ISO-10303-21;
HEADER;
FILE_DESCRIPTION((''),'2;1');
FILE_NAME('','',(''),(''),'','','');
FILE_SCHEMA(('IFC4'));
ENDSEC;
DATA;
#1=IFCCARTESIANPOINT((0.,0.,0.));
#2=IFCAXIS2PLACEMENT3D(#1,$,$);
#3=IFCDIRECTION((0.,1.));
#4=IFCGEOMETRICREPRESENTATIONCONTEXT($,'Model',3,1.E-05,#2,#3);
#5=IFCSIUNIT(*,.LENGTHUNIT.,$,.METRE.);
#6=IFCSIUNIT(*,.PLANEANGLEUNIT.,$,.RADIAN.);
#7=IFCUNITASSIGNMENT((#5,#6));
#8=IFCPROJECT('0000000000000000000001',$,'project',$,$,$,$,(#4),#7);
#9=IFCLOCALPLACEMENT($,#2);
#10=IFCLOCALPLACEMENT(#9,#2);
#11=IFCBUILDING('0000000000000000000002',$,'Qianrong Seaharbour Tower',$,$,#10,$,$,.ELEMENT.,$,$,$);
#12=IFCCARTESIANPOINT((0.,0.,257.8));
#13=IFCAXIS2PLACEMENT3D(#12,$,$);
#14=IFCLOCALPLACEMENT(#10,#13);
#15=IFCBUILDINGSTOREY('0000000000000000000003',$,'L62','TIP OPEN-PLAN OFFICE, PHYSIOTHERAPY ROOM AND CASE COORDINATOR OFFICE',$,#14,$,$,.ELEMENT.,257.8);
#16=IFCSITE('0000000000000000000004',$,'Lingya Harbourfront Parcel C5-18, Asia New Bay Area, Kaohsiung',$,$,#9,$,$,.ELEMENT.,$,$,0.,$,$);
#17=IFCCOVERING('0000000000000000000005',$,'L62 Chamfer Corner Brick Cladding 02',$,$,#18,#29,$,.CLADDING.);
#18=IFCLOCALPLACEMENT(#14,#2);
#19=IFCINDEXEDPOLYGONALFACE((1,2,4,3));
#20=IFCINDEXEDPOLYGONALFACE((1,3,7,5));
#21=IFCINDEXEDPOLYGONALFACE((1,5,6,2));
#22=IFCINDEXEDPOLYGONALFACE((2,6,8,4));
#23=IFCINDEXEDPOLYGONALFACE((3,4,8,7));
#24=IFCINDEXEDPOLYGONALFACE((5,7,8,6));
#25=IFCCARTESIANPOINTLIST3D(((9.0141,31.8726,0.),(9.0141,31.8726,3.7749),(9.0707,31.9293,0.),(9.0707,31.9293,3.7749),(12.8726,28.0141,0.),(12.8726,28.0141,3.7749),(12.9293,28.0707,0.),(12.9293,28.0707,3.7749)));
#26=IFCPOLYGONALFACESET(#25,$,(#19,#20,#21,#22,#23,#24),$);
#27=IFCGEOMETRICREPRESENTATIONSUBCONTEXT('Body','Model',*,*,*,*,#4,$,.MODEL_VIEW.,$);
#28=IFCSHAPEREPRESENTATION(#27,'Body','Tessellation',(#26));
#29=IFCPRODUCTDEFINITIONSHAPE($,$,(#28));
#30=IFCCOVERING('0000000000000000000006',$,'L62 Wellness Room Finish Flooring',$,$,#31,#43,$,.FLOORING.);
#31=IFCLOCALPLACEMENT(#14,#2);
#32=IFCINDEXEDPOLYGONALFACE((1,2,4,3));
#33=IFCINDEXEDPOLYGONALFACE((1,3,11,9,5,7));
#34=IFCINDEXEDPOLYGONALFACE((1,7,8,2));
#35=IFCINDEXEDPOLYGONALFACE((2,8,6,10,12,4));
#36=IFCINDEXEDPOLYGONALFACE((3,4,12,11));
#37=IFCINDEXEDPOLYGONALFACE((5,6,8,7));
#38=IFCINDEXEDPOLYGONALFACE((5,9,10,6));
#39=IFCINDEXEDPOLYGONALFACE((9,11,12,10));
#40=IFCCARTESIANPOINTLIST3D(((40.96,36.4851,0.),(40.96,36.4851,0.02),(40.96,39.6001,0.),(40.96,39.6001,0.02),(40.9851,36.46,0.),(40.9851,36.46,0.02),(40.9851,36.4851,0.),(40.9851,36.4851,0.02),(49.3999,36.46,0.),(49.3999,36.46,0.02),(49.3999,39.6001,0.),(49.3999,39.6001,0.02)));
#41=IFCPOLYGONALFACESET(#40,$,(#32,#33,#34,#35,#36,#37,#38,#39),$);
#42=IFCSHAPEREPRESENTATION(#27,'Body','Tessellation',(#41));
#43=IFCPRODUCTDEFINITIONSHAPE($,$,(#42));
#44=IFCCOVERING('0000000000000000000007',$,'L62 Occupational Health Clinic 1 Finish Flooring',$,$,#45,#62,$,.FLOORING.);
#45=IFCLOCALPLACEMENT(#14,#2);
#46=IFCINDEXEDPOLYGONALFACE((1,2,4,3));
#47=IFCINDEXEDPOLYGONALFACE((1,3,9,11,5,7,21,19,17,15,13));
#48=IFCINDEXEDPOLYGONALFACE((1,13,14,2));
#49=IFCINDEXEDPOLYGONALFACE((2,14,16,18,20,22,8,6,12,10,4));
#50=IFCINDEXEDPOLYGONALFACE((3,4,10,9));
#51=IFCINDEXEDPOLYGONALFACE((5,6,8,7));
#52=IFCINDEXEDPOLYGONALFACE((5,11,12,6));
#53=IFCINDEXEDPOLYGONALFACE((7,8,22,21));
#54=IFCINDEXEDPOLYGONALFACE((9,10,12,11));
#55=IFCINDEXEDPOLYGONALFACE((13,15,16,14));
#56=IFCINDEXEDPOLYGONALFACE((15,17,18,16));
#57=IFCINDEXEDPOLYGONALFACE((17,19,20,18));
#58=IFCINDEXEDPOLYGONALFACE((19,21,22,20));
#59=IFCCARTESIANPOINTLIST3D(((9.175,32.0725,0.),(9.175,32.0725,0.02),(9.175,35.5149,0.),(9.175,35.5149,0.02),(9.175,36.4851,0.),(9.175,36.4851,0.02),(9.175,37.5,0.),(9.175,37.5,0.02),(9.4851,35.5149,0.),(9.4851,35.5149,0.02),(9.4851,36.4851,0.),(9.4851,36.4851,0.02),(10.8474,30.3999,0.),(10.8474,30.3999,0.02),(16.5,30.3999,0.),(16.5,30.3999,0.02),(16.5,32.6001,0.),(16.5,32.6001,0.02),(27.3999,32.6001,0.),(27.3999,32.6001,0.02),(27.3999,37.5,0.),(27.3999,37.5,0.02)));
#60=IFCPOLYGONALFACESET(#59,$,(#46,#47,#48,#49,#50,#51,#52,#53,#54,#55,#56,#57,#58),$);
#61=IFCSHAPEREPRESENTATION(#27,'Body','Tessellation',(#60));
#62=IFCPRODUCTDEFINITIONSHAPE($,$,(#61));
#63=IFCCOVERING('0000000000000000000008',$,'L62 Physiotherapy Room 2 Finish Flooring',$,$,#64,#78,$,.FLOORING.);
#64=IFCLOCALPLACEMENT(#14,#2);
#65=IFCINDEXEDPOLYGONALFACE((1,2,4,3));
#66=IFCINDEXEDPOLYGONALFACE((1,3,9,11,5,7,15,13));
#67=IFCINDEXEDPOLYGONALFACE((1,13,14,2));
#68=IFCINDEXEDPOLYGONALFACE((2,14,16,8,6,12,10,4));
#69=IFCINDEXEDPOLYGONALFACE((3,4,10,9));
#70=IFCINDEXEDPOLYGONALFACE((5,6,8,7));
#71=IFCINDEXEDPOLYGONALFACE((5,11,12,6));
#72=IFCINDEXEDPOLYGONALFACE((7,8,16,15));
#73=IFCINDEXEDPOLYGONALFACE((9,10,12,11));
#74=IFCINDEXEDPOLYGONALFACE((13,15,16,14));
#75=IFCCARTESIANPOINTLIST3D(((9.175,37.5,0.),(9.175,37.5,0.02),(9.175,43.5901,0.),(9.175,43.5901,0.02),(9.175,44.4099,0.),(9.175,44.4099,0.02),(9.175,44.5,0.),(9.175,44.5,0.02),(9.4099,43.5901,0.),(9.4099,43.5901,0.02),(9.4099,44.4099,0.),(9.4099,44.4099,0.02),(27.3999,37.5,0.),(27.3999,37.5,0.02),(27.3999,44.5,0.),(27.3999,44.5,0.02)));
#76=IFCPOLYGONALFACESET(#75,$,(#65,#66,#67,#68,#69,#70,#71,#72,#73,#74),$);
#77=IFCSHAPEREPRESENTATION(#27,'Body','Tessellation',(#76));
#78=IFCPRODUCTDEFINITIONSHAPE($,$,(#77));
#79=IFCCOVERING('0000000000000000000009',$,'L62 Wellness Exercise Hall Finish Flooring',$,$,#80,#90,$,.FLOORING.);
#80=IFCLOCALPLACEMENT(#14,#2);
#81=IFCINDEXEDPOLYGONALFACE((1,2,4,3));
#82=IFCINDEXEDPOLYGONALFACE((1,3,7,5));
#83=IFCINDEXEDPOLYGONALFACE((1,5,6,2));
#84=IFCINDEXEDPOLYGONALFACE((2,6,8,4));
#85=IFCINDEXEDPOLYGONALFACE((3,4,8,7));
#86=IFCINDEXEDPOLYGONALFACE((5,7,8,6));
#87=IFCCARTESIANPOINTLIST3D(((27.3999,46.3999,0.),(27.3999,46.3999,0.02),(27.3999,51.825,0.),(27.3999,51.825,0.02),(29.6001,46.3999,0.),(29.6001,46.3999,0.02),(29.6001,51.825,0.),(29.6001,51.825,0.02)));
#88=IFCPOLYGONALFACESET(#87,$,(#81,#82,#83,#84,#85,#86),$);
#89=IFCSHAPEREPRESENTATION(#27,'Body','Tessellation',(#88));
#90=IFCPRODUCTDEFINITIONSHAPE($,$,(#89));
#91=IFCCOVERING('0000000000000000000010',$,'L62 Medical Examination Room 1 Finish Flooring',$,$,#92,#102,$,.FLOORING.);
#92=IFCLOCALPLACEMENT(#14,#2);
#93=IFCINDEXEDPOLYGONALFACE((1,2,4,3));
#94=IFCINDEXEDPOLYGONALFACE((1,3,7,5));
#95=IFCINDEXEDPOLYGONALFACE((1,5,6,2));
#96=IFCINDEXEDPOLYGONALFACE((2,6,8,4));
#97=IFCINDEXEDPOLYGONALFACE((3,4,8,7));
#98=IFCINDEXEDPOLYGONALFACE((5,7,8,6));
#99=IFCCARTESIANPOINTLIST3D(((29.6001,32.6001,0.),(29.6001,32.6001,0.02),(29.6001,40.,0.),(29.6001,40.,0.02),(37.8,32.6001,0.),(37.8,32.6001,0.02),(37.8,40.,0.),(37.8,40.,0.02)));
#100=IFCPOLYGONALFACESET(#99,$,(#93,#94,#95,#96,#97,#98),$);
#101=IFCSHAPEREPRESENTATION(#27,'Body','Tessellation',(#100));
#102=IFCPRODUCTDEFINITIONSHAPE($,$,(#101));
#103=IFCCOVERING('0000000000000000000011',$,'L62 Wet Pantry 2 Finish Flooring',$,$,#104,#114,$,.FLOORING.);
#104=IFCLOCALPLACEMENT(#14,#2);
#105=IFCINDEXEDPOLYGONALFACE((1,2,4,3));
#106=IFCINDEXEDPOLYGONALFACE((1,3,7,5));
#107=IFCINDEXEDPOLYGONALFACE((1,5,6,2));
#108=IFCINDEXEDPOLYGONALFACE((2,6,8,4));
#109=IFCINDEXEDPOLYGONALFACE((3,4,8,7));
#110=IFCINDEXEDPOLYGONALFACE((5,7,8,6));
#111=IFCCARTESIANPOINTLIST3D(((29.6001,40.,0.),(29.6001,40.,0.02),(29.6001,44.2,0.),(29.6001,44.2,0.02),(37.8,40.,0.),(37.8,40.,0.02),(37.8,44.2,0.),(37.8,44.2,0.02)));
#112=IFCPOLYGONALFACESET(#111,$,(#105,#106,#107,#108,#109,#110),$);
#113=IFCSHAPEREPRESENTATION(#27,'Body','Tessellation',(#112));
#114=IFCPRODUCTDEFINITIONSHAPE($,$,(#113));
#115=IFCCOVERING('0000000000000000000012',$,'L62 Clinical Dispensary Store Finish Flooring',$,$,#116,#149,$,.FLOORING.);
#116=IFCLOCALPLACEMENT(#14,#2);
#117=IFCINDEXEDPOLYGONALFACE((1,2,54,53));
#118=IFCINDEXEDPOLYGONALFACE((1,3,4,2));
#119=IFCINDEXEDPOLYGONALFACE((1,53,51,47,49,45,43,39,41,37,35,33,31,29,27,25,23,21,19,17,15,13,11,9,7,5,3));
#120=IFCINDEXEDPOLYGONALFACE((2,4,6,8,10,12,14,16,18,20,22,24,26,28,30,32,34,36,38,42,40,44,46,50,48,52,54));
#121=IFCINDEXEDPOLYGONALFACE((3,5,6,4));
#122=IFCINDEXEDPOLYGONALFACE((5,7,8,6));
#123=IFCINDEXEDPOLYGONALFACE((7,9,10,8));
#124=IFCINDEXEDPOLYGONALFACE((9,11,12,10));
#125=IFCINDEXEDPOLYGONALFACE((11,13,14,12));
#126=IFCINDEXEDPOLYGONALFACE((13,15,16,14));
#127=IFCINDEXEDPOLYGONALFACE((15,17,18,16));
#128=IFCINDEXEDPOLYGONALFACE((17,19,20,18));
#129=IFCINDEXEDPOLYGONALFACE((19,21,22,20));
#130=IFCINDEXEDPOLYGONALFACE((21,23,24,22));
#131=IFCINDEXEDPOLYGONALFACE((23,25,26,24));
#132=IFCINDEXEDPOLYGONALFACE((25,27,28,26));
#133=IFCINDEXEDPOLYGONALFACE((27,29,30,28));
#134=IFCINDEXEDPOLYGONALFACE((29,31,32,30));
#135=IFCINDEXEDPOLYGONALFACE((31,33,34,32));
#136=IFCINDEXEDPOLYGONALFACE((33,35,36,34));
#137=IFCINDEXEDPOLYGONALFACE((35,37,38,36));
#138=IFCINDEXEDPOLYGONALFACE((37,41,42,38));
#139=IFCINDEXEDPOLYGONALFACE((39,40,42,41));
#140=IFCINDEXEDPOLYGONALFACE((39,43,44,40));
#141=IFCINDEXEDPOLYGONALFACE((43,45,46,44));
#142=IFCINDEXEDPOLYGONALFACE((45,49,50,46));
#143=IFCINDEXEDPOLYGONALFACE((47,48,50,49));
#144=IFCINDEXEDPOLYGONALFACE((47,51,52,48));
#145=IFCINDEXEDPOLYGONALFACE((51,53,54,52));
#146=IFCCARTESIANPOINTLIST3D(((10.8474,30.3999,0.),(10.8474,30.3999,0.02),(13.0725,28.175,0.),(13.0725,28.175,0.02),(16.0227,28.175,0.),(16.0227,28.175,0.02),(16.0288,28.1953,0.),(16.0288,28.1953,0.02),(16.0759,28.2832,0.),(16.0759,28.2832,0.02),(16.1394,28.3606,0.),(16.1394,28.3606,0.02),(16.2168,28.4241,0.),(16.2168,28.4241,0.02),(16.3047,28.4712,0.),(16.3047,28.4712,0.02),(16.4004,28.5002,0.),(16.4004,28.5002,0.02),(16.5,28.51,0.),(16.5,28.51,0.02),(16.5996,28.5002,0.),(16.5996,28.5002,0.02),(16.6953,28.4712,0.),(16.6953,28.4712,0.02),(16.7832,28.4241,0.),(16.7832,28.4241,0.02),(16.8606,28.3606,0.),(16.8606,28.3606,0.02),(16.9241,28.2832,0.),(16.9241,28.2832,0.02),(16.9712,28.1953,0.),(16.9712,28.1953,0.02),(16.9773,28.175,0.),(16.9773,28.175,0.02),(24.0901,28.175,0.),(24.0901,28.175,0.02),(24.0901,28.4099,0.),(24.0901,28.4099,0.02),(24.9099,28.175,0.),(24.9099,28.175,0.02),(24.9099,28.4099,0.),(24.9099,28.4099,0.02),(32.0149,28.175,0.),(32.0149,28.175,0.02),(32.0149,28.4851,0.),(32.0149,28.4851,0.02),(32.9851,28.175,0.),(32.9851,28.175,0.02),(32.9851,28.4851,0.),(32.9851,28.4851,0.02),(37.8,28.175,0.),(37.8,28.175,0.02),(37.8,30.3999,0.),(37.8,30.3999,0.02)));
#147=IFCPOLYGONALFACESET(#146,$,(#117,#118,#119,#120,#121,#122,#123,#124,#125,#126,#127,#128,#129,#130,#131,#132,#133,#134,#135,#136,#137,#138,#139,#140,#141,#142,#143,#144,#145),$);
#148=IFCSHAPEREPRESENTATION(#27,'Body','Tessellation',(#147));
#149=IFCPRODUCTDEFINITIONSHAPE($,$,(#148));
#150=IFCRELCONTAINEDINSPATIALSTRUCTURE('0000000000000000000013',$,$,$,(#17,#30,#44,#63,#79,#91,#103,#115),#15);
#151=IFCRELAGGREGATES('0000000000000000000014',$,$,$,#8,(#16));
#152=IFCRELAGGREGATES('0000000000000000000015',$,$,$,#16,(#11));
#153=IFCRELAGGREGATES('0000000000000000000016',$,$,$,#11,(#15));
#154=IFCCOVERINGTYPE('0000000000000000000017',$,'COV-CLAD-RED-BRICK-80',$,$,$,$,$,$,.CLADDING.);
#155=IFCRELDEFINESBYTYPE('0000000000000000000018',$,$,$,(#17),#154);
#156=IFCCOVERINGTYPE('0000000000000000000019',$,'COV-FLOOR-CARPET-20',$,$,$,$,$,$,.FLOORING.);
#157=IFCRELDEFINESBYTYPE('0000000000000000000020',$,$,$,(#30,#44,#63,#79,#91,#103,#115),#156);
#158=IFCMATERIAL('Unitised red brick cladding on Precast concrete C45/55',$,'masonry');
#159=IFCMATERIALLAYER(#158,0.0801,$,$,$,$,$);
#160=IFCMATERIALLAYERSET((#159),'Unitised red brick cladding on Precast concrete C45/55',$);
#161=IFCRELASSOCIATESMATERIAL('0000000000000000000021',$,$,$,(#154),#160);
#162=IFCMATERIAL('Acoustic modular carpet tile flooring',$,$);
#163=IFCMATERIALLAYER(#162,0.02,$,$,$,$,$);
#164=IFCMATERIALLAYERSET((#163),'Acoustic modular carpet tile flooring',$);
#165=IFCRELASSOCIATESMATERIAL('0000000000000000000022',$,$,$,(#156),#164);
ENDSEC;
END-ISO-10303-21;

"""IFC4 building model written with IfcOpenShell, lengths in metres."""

from ifc_helpers import new_model, si_unit, direction, frame, origin, origin_2d, place, context, subcontext, project, spatial, polyline, rectangle, outline, extrude, material, layer, layer_set, type_object, element, save


model = new_model("IFC4")

# Units and contexts
model_context = context("Model", 3, precision=1e-05, world=origin(), true_north=direction((0.0, 1.0)))
body_context = subcontext(model_context, "Body", "Model", "MODEL_VIEW")
ifc_project = project(units=[si_unit("LENGTHUNIT", "METRE"), si_unit("PLANEANGLEUNIT", "RADIAN")], contexts=[model_context])

# Site, building, storey
site_placement = place(None, origin())
site = spatial("IfcSite", under=ifc_project, at=site_placement, Name="Lingya Harbourfront Parcel C5-18, Asia New Bay Area, Kaohsiung", CompositionType="ELEMENT", RefElevation=0.0)
building_placement = place(site_placement, origin())
building = spatial("IfcBuilding", under=site, at=building_placement, Name="Qianrong Seaharbour Tower", CompositionType="ELEMENT")
storey_placement = place(building_placement, frame((0.0, 0.0, 257.8)))
storey = spatial("IfcBuildingStorey", under=building, at=storey_placement, Name="L62", Description="TIP OPEN-PLAN OFFICE, PHYSIOTHERAPY ROOM AND CASE COORDINATOR OFFICE", CompositionType="ELEMENT", Elevation=257.8)

# Coverings
ifc_material_1 = material(Name="Unitised red brick cladding on Precast concrete C45/55", Category="masonry")
ifc_layer_1 = layer(ifc_material_1, 0.0801)
ifc_layer_set_1 = layer_set([ifc_layer_1], Name="Unitised red brick cladding on Precast concrete C45/55")
covering_type_1 = type_object("IfcCoveringType", Name="COV-CLAD-RED-BRICK-80", PredefinedType="CLADDING", material=ifc_layer_set_1)
covering_1_placement = place(storey_placement, frame((10.9717, 29.9717, 0.0), z_axis=(0.0, 0.0, 1.0), x_axis=(-0.707107, 0.707107, 0.0)))
element("IfcCovering", 1, at=covering_1_placement, inside=storey, type_object=covering_type_1, Name="L62 Chamfer Corner Brick Cladding 02", PredefinedType="CLADDING", context=body_context, shape_type="SweptSolid", body=[
    extrude(rectangle(XDim=5.4568, YDim=0.0801, at=origin_2d()), origin(), (0.0, 0.0, 1.0), 3.7749),
])
ifc_material_2 = material(Name="Acoustic modular carpet tile flooring")
ifc_layer_2 = layer(ifc_material_2, 0.02)
ifc_layer_set_2 = layer_set([ifc_layer_2], Name="Acoustic modular carpet tile flooring")
covering_type_2 = type_object("IfcCoveringType", Name="COV-FLOOR-CARPET-20", PredefinedType="FLOORING", material=ifc_layer_set_2)
covering_2_placement = place(storey_placement, origin())
element("IfcCovering", 2, at=covering_2_placement, inside=storey, type_object=covering_type_2, Name="L62 Wellness Room Finish Flooring", PredefinedType="FLOORING", context=body_context, shape_type="SweptSolid", body=[
    extrude(outline(polyline([(49.3999, 39.6001), (49.3999, 36.46), (40.9851, 36.46), (40.9851, 36.4851), (40.96, 36.4851), (40.96, 39.6001), (49.3999, 39.6001)])), origin(), (0.0, 0.0, 1.0), 0.02),
])
covering_3_placement = place(storey_placement, origin())
element("IfcCovering", 3, at=covering_3_placement, inside=storey, type_object=covering_type_2, Name="L62 Occupational Health Clinic 1 Finish Flooring", PredefinedType="FLOORING", context=body_context, shape_type="SweptSolid", body=[
    extrude(outline(polyline([(16.5, 32.6001), (16.5, 30.3999), (10.8474, 30.3999), (9.175, 32.0725), (9.175, 35.5149), (9.4851, 35.5149), (9.4851, 36.4851), (9.175, 36.4851), (9.175, 37.5), (27.3999, 37.5), (27.3999, 32.6001), (16.5, 32.6001)])), origin(), (0.0, 0.0, 1.0), 0.02),
])
covering_4_placement = place(storey_placement, origin())
element("IfcCovering", 4, at=covering_4_placement, inside=storey, type_object=covering_type_2, Name="L62 Physiotherapy Room 2 Finish Flooring", PredefinedType="FLOORING", context=body_context, shape_type="SweptSolid", body=[
    extrude(outline(polyline([(9.175, 37.5), (9.175, 43.5901), (9.4099, 43.5901), (9.4099, 44.4099), (9.175, 44.4099), (9.175, 44.5), (27.3999, 44.5), (27.3999, 37.5), (9.175, 37.5)])), origin(), (0.0, 0.0, 1.0), 0.02),
])
covering_5_placement = place(storey_placement, origin())
element("IfcCovering", 5, at=covering_5_placement, inside=storey, type_object=covering_type_2, Name="L62 Wellness Exercise Hall Finish Flooring", PredefinedType="FLOORING", context=body_context, shape_type="SweptSolid", body=[
    extrude(outline(polyline([(29.6001, 46.3999), (27.3999, 46.3999), (27.3999, 51.825), (29.6001, 51.825), (29.6001, 46.3999)])), origin(), (0.0, 0.0, 1.0), 0.02),
])
covering_6_placement = place(storey_placement, origin())
element("IfcCovering", 6, at=covering_6_placement, inside=storey, type_object=covering_type_2, Name="L62 Medical Examination Room 1 Finish Flooring", PredefinedType="FLOORING", context=body_context, shape_type="SweptSolid", body=[
    extrude(outline(polyline([(37.8, 32.6001), (29.6001, 32.6001), (29.6001, 40.0), (37.8, 40.0), (37.8, 32.6001)])), origin(), (0.0, 0.0, 1.0), 0.02),
])
covering_7_placement = place(storey_placement, origin())
element("IfcCovering", 7, at=covering_7_placement, inside=storey, type_object=covering_type_2, Name="L62 Wet Pantry 2 Finish Flooring", PredefinedType="FLOORING", context=body_context, shape_type="SweptSolid", body=[
    extrude(outline(polyline([(29.6001, 44.2), (37.8, 44.2), (37.8, 40.0), (29.6001, 40.0), (29.6001, 44.2)])), origin(), (0.0, 0.0, 1.0), 0.02),
])
covering_8_placement = place(storey_placement, origin())
element("IfcCovering", 8, at=covering_8_placement, inside=storey, type_object=covering_type_2, Name="L62 Clinical Dispensary Store Finish Flooring", PredefinedType="FLOORING", context=body_context, shape_type="SweptSolid", body=[
    extrude(outline(polyline([(32.9851, 28.175), (32.9851, 28.4851), (32.0149, 28.4851), (32.0149, 28.175), (24.9099, 28.175), (24.9099, 28.4099), (24.0901, 28.4099), (24.0901, 28.175), (16.9773, 28.175), (16.9712, 28.1953), (16.9241, 28.2832), (16.8606, 28.3606), (16.7832, 28.4241), (16.6953, 28.4712), (16.5996, 28.5002), (16.5, 28.51), (16.4004, 28.5002), (16.3047, 28.4712), (16.2168, 28.4241), (16.1394, 28.3606), (16.0759, 28.2832), (16.0288, 28.1953), (16.0227, 28.175), (13.0725, 28.175), (10.8474, 30.3999), (37.8, 30.3999), (37.8, 28.175), (32.9851, 28.175)])), origin(), (0.0, 0.0, 1.0), 0.02),
])

save(model, "model.ifc")
